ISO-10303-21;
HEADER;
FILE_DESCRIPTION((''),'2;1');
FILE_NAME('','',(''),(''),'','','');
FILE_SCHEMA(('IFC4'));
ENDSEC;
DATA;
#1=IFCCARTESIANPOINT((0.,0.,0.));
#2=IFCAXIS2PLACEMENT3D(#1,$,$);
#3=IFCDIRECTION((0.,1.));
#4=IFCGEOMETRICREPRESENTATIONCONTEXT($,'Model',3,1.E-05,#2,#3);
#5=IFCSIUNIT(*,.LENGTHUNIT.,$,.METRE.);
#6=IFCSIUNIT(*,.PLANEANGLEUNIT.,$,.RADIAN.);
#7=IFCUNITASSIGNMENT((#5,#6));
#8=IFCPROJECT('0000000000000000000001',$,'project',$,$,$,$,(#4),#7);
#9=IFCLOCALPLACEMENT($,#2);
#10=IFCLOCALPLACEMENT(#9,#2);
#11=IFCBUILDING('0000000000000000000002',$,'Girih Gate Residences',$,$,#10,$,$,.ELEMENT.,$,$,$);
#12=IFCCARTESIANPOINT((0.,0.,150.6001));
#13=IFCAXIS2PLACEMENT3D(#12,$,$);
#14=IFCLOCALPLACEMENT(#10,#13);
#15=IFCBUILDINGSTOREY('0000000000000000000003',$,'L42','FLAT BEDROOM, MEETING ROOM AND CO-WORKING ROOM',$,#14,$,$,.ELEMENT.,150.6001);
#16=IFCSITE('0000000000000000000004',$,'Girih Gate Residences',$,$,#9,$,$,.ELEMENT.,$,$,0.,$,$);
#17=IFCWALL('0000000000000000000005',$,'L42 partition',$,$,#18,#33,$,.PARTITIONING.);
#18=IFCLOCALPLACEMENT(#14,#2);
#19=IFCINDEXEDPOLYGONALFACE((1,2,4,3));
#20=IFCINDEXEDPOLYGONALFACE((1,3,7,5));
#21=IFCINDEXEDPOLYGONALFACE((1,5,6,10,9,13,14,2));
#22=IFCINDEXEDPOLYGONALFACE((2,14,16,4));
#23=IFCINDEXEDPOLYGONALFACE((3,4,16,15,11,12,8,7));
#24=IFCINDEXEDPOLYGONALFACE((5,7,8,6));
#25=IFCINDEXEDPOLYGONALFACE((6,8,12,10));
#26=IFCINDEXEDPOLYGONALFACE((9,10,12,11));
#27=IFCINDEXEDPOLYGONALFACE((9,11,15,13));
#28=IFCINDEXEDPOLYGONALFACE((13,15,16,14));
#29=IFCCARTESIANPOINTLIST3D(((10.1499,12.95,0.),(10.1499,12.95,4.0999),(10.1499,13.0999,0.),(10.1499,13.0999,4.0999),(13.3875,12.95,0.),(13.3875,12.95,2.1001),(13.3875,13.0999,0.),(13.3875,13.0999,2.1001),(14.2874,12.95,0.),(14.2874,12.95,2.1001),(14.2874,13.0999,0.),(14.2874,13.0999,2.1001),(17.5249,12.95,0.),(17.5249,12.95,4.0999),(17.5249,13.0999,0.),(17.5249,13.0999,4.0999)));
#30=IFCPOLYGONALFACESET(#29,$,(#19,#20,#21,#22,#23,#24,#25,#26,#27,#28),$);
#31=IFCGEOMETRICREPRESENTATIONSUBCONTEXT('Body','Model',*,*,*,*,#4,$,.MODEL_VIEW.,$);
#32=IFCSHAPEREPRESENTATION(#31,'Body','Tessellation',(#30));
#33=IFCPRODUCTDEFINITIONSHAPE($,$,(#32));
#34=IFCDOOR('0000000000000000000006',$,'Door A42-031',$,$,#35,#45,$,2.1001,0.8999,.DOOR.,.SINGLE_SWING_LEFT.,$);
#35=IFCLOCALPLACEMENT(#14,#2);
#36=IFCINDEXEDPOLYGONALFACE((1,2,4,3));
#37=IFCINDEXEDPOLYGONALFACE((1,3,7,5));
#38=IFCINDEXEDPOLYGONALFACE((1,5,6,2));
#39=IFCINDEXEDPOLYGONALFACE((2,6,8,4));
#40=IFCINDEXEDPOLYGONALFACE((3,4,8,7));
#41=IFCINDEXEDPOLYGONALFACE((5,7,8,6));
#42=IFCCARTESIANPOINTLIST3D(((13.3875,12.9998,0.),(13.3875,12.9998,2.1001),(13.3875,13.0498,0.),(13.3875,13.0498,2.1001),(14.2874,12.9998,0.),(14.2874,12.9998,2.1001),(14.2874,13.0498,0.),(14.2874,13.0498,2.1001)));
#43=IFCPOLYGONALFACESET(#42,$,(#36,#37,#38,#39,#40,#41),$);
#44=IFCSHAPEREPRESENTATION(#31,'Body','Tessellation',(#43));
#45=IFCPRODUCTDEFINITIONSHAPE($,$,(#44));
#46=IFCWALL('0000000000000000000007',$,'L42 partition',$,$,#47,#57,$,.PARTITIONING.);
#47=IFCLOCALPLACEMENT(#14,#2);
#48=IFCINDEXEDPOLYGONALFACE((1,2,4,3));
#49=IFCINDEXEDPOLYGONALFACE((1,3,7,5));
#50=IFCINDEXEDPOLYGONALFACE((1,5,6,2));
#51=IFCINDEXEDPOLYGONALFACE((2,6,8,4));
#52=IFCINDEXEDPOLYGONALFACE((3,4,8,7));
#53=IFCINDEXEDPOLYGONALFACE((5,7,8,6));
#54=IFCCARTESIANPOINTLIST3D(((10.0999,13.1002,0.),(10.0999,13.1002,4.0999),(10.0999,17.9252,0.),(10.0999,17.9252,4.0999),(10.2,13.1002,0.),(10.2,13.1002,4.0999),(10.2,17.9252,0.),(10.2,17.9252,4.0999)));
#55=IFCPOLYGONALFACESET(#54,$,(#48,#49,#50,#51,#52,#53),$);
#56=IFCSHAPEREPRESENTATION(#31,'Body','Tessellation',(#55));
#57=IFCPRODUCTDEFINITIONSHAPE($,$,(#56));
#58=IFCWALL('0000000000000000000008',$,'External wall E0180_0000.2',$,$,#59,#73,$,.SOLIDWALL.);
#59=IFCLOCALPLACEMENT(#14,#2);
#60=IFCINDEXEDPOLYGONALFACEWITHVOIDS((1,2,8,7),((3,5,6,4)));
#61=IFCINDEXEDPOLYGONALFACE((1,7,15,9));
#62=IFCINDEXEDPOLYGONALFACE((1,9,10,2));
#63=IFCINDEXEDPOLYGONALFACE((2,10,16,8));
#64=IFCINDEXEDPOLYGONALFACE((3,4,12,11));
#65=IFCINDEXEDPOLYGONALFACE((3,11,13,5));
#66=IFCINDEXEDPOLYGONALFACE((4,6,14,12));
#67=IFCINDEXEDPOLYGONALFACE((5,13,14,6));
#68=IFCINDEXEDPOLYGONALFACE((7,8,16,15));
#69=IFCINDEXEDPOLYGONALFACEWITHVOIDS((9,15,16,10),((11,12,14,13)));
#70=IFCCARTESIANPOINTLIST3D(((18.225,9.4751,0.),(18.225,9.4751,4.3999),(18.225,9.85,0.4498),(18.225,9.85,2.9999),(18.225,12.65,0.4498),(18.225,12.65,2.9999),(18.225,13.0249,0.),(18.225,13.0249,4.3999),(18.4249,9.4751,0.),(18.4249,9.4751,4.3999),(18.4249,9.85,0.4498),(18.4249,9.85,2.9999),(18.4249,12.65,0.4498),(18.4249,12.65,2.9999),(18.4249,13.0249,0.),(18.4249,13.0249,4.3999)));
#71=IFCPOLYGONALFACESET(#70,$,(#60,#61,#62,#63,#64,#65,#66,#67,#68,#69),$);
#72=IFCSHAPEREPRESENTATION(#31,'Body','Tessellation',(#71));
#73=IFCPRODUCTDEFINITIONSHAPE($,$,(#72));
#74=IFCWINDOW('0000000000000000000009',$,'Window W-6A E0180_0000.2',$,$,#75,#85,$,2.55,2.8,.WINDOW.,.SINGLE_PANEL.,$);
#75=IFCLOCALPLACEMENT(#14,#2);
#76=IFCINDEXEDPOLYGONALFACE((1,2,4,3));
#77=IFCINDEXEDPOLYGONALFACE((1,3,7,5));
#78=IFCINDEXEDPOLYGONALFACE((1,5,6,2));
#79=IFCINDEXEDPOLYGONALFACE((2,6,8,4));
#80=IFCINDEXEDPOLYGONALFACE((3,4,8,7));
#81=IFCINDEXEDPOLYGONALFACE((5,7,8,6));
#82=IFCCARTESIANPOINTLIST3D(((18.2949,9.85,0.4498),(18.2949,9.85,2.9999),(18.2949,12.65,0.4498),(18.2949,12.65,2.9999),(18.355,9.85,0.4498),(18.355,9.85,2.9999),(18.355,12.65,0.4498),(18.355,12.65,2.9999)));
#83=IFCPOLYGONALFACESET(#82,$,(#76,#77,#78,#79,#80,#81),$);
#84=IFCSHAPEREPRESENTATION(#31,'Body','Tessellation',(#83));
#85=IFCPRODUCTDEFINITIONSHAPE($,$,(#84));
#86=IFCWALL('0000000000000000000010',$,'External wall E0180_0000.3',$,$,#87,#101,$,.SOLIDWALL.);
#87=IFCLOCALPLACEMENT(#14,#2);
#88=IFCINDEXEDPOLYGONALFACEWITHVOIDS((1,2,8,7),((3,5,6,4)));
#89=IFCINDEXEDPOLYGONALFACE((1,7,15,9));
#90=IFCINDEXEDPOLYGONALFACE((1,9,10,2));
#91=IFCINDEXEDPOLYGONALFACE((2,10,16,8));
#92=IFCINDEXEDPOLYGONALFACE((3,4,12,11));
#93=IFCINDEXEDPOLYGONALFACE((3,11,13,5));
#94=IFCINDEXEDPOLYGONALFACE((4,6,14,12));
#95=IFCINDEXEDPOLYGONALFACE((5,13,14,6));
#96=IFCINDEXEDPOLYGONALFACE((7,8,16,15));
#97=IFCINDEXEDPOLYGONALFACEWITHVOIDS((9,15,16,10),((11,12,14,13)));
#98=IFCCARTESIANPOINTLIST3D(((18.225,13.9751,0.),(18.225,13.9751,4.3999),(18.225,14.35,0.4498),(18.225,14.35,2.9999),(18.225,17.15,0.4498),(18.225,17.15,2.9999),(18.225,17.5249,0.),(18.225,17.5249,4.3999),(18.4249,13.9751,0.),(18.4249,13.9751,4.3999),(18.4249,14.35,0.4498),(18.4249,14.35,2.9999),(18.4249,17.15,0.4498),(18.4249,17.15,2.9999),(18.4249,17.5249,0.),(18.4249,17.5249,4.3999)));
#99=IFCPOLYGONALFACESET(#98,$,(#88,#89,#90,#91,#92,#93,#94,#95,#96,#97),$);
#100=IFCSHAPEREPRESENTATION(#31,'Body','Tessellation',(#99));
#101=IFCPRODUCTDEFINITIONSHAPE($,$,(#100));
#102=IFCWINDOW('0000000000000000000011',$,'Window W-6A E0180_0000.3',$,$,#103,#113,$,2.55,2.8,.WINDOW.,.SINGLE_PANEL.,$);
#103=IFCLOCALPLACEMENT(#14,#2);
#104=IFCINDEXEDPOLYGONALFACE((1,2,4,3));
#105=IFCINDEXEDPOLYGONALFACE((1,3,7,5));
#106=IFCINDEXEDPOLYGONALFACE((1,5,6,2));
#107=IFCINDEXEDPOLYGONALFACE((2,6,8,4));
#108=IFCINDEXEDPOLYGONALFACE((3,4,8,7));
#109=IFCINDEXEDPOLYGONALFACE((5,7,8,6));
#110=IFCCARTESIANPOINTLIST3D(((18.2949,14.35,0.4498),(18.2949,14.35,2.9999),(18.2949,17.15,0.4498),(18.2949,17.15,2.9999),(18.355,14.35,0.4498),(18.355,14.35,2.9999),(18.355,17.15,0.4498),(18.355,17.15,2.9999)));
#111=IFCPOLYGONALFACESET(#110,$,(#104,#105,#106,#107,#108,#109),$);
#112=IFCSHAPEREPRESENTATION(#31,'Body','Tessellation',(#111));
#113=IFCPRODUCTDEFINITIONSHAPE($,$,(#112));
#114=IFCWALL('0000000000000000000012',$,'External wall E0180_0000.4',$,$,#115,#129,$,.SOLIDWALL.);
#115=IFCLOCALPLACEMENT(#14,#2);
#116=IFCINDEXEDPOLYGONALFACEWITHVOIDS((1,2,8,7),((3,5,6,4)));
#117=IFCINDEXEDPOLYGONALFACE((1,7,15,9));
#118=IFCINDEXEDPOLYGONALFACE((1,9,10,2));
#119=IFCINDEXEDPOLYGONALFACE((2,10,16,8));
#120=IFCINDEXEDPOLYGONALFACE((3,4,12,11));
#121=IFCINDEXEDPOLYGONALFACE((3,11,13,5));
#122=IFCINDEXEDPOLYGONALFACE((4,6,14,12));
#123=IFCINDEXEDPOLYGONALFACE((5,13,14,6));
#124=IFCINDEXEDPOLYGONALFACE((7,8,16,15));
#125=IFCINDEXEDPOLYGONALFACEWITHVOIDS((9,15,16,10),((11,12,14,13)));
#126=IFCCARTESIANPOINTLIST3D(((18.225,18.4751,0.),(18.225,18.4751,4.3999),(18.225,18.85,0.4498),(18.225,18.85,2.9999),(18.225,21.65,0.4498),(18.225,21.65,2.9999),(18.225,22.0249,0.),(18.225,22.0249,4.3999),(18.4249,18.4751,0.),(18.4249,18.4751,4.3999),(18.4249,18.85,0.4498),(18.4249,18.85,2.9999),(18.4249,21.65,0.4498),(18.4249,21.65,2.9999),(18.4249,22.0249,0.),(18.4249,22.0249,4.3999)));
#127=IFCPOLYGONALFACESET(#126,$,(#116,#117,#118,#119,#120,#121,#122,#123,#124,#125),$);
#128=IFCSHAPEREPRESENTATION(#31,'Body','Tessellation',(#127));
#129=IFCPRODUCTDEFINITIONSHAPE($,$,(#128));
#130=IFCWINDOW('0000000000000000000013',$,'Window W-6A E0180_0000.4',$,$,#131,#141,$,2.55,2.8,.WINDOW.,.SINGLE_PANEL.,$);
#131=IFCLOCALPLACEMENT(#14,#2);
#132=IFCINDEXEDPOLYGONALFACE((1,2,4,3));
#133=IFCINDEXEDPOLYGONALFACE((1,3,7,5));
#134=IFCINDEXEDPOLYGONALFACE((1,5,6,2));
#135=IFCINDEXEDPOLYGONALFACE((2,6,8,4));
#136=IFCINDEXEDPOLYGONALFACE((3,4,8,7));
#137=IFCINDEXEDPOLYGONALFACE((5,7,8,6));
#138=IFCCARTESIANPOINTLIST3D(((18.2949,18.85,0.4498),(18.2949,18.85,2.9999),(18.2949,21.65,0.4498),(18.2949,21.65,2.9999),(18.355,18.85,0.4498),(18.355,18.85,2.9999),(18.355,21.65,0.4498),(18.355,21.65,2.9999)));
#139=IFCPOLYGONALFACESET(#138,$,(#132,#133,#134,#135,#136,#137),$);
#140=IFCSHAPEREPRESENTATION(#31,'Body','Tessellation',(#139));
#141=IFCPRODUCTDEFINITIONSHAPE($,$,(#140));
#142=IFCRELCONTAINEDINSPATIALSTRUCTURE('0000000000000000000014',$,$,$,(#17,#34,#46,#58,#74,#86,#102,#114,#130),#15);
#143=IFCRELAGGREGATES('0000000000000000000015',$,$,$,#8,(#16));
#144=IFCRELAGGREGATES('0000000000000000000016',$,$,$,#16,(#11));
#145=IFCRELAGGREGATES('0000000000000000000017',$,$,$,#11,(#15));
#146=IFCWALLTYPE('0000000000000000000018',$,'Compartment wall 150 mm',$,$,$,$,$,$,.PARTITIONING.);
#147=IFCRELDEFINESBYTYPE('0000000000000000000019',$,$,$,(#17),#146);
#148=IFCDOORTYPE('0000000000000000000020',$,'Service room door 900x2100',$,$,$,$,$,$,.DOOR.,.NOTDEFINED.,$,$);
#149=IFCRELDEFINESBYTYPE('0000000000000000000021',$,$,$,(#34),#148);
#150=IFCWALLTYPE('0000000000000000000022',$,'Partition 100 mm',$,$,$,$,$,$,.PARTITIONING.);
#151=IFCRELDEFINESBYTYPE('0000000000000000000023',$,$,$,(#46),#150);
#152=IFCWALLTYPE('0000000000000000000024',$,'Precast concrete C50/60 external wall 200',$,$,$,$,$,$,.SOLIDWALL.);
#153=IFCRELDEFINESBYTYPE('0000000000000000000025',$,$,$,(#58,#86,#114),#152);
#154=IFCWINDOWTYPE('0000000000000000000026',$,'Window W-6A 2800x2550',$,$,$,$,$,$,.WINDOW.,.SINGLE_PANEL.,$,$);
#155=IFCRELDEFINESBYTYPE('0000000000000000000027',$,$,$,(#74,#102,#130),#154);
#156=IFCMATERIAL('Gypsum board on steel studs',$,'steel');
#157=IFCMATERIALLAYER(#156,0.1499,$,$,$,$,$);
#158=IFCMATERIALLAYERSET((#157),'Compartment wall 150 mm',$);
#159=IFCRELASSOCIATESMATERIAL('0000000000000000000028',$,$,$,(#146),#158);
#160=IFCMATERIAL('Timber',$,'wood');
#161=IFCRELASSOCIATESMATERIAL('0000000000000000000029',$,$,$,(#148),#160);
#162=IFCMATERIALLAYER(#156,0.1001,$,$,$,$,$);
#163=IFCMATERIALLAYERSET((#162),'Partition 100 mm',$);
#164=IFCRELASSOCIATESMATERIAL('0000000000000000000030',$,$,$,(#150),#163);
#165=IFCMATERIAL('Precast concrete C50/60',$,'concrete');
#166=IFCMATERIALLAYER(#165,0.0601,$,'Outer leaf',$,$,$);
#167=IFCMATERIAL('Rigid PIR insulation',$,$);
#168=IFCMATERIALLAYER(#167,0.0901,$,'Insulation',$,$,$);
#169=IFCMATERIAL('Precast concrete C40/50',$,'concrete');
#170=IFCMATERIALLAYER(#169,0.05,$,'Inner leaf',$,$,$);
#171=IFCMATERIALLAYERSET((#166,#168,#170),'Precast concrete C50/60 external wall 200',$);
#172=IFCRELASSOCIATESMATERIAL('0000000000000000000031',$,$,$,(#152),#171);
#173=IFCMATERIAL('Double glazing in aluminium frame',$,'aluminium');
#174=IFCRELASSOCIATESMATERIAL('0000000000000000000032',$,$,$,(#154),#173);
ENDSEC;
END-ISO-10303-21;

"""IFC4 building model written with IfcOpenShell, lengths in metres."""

from ifc_helpers import new_model, si_unit, direction, frame, frame_2d, origin, place, context, subcontext, project, spatial, rectangle, extrude, material, layer, layer_set, type_object, element, fill, save


model = new_model("IFC4")

# Units and contexts
model_context = context("Model", 3, precision=1e-05, world=origin(), true_north=direction((0.0, 1.0)))
body_context = subcontext(model_context, "Body", "Model", "MODEL_VIEW")
ifc_project = project(units=[si_unit("LENGTHUNIT", "METRE"), si_unit("PLANEANGLEUNIT", "RADIAN")], contexts=[model_context])

# Site, building, storey
site_placement = place(None, origin())
site = spatial("IfcSite", under=ifc_project, at=site_placement, Name="Girih Gate Residences", CompositionType="ELEMENT", RefElevation=0.0)
building_placement = place(site_placement, origin())
building = spatial("IfcBuilding", under=site, at=building_placement, Name="Girih Gate Residences", CompositionType="ELEMENT")
storey_placement = place(building_placement, frame((0.0, 0.0, 150.6001)))
storey = spatial("IfcBuildingStorey", under=building, at=storey_placement, Name="L42", Description="FLAT BEDROOM, MEETING ROOM AND CO-WORKING ROOM", CompositionType="ELEMENT", Elevation=150.6001)

# Shared definitions
ifc_material_1 = material(Name="Gypsum board on steel studs", Category="steel")
ifc_layer_1 = layer(ifc_material_1, 0.1499)
ifc_layer_set_1 = layer_set([ifc_layer_1], Name="Compartment wall 150 mm")
wall_type_1 = type_object("IfcWallType", Name="Compartment wall 150 mm", PredefinedType="PARTITIONING", material=ifc_layer_set_1)

# Wall, opening, door
wall_1_placement = place(storey_placement, frame((10.1499, 13.0249, 0.0), z_axis=(0.0, 0.0, 1.0), x_axis=(1.0, 0.0, 0.0)))
wall_1 = element("IfcWall", 1, at=wall_1_placement, inside=storey, type_object=wall_type_1, Name="L42 partition", PredefinedType="PARTITIONING", context=body_context, shape_type="SweptSolid", body=[
    extrude(rectangle(XDim=7.375, YDim=0.1499, at=frame_2d((3.6875, 0.0))), origin(), (0.0, 0.0, 1.0), 4.0999),
])
opening_1_placement = place(wall_1_placement, frame((3.2375, 0.0, 0.0)))
opening_1 = element("IfcOpeningElement", 2, at=opening_1_placement, cuts=wall_1, PredefinedType="OPENING", context=body_context, shape_type="SweptSolid", body=[
    extrude(rectangle(XDim=0.8999, YDim=2.1001, at=frame_2d((0.45, 1.05))), frame((0.0, 0.085, 0.0), z_axis=(0.0, -1.0, 0.0), x_axis=(1.0, 0.0, 0.0)), (0.0, 0.0, 1.0), 0.1699),
])
ifc_material_2 = material(Name="Timber", Category="wood")
door_type_1 = type_object("IfcDoorType", Name="Service room door 900x2100", OperationType="NOTDEFINED", PredefinedType="DOOR", material=ifc_material_2)
door_1_placement = place(opening_1_placement, origin())
door_1 = element("IfcDoor", 3, at=door_1_placement, inside=storey, type_object=door_type_1, Name="Door A42-031", OperationType="SINGLE_SWING_LEFT", OverallHeight=2.1001, OverallWidth=0.8999, PredefinedType="DOOR", context=body_context, shape_type="SweptSolid", body=[
    extrude(rectangle(XDim=0.8999, YDim=2.1001, at=frame_2d((0.45, 1.05))), frame((0.0, 0.0249, 0.0), z_axis=(0.0, -1.0, 0.0), x_axis=(1.0, 0.0, 0.0)), (0.0, 0.0, 1.0), 0.05),
])
fill(opening_1, door_1)

# Wall
ifc_layer_2 = layer(ifc_material_1, 0.1001)
ifc_layer_set_2 = layer_set([ifc_layer_2], Name="Partition 100 mm")
wall_type_2 = type_object("IfcWallType", Name="Partition 100 mm", PredefinedType="PARTITIONING", material=ifc_layer_set_2)
wall_2_placement = place(storey_placement, frame((10.1499, 13.1001, 0.0), z_axis=(0.0, 0.0, 1.0), x_axis=(0.0, 1.0, 0.0)))
element("IfcWall", 4, at=wall_2_placement, inside=storey, type_object=wall_type_2, Name="L42 partition", PredefinedType="PARTITIONING", context=body_context, shape_type="SweptSolid", body=[
    extrude(rectangle(XDim=4.825, YDim=0.1001, at=frame_2d((2.4126, 0.0))), origin(), (0.0, 0.0, 1.0), 4.0999),
])

# Walls, openings, windows
ifc_material_3 = material(Name="Precast concrete C50/60", Category="concrete")
ifc_layer_3 = layer(ifc_material_3, 0.0601, Name="Outer leaf")
ifc_material_4 = material(Name="Rigid PIR insulation")
ifc_layer_4 = layer(ifc_material_4, 0.0901, Name="Insulation")
ifc_material_5 = material(Name="Precast concrete C40/50", Category="concrete")
ifc_layer_5 = layer(ifc_material_5, 0.05, Name="Inner leaf")
ifc_layer_set_3 = layer_set([ifc_layer_3, ifc_layer_4, ifc_layer_5], Name="Precast concrete C50/60 external wall 200")
wall_type_3 = type_object("IfcWallType", Name="Precast concrete C50/60 external wall 200", PredefinedType="SOLIDWALL", material=ifc_layer_set_3)
wall_3_placement = place(storey_placement, frame((18.325, 13.0249, 0.0), z_axis=(0.0, 0.0, 1.0), x_axis=(0.0, -1.0, 0.0)))
wall_3 = element("IfcWall", 5, at=wall_3_placement, inside=storey, type_object=wall_type_3, Name="External wall E0180_0000.2", PredefinedType="SOLIDWALL", context=body_context, shape_type="SweptSolid", body=[
    extrude(rectangle(XDim=3.5498, YDim=0.2, at=frame_2d((1.7749, 0.0))), origin(), (0.0, 0.0, 1.0), 4.3999),
])
opening_2_placement = place(wall_3_placement, frame((0.375, 0.0, 0.45)))
opening_2 = element("IfcOpeningElement", 6, at=opening_2_placement, cuts=wall_3, PredefinedType="OPENING", context=body_context, shape_type="SweptSolid", body=[
    extrude(rectangle(XDim=2.8, YDim=2.55, at=frame_2d((1.3999, 1.2749))), frame((0.0, 0.1099, 0.0), z_axis=(0.0, -1.0, 0.0), x_axis=(1.0, 0.0, 0.0)), (0.0, 0.0, 1.0), 0.22),
])
ifc_material_6 = material(Name="Double glazing in aluminium frame", Category="aluminium")
window_type = type_object("IfcWindowType", Name="Window W-6A 2800x2550", PartitioningType="SINGLE_PANEL", PredefinedType="WINDOW", material=ifc_material_6)
window_1_placement = place(opening_2_placement, origin())
window_1 = element("IfcWindow", 7, at=window_1_placement, inside=storey, type_object=window_type, Name="Window W-6A E0180_0000.2", OverallHeight=2.55, OverallWidth=2.8, PartitioningType="SINGLE_PANEL", PredefinedType="WINDOW", context=body_context, shape_type="SweptSolid", body=[
    extrude(rectangle(XDim=2.8, YDim=2.55, at=frame_2d((1.3999, 1.2749))), frame((0.0, 0.03, 0.0), z_axis=(0.0, -1.0, 0.0), x_axis=(1.0, 0.0, 0.0)), (0.0, 0.0, 1.0), 0.0601),
])
fill(opening_2, window_1)
wall_4_placement = place(storey_placement, frame((18.325, 17.5249, 0.0), z_axis=(0.0, 0.0, 1.0), x_axis=(0.0, -1.0, 0.0)))
wall_4 = element("IfcWall", 8, at=wall_4_placement, inside=storey, type_object=wall_type_3, Name="External wall E0180_0000.3", PredefinedType="SOLIDWALL", context=body_context, shape_type="SweptSolid", body=[
    extrude(rectangle(XDim=3.5498, YDim=0.2, at=frame_2d((1.7749, 0.0))), origin(), (0.0, 0.0, 1.0), 4.3999),
])
opening_3_placement = place(wall_4_placement, frame((0.375, 0.0, 0.45)))
opening_3 = element("IfcOpeningElement", 9, at=opening_3_placement, cuts=wall_4, PredefinedType="OPENING", context=body_context, shape_type="SweptSolid", body=[
    extrude(rectangle(XDim=2.8, YDim=2.55, at=frame_2d((1.3999, 1.2749))), frame((0.0, 0.1099, 0.0), z_axis=(0.0, -1.0, 0.0), x_axis=(1.0, 0.0, 0.0)), (0.0, 0.0, 1.0), 0.22),
])
window_2_placement = place(opening_3_placement, origin())
window_2 = element("IfcWindow", 10, at=window_2_placement, inside=storey, type_object=window_type, Name="Window W-6A E0180_0000.3", OverallHeight=2.55, OverallWidth=2.8, PartitioningType="SINGLE_PANEL", PredefinedType="WINDOW", context=body_context, shape_type="SweptSolid", body=[
    extrude(rectangle(XDim=2.8, YDim=2.55, at=frame_2d((1.3999, 1.2749))), frame((0.0, 0.03, 0.0), z_axis=(0.0, -1.0, 0.0), x_axis=(1.0, 0.0, 0.0)), (0.0, 0.0, 1.0), 0.0601),
])
fill(opening_3, window_2)
wall_5_placement = place(storey_placement, frame((18.325, 22.0249, 0.0), z_axis=(0.0, 0.0, 1.0), x_axis=(0.0, -1.0, 0.0)))
wall_5 = element("IfcWall", 11, at=wall_5_placement, inside=storey, type_object=wall_type_3, Name="External wall E0180_0000.4", PredefinedType="SOLIDWALL", context=body_context, shape_type="SweptSolid", body=[
    extrude(rectangle(XDim=3.5498, YDim=0.2, at=frame_2d((1.7749, 0.0))), origin(), (0.0, 0.0, 1.0), 4.3999),
])
opening_4_placement = place(wall_5_placement, frame((0.375, 0.0, 0.45)))
opening_4 = element("IfcOpeningElement", 12, at=opening_4_placement, cuts=wall_5, PredefinedType="OPENING", context=body_context, shape_type="SweptSolid", body=[
    extrude(rectangle(XDim=2.8, YDim=2.55, at=frame_2d((1.3999, 1.2749))), frame((0.0, 0.1099, 0.0), z_axis=(0.0, -1.0, 0.0), x_axis=(1.0, 0.0, 0.0)), (0.0, 0.0, 1.0), 0.22),
])
window_3_placement = place(opening_4_placement, origin())
window_3 = element("IfcWindow", 13, at=window_3_placement, inside=storey, type_object=window_type, Name="Window W-6A E0180_0000.4", OverallHeight=2.55, OverallWidth=2.8, PartitioningType="SINGLE_PANEL", PredefinedType="WINDOW", context=body_context, shape_type="SweptSolid", body=[
    extrude(rectangle(XDim=2.8, YDim=2.55, at=frame_2d((1.3999, 1.2749))), frame((0.0, 0.03, 0.0), z_axis=(0.0, -1.0, 0.0), x_axis=(1.0, 0.0, 0.0)), (0.0, 0.0, 1.0), 0.0601),
])
fill(opening_4, window_3)

save(model, "model.ifc")
